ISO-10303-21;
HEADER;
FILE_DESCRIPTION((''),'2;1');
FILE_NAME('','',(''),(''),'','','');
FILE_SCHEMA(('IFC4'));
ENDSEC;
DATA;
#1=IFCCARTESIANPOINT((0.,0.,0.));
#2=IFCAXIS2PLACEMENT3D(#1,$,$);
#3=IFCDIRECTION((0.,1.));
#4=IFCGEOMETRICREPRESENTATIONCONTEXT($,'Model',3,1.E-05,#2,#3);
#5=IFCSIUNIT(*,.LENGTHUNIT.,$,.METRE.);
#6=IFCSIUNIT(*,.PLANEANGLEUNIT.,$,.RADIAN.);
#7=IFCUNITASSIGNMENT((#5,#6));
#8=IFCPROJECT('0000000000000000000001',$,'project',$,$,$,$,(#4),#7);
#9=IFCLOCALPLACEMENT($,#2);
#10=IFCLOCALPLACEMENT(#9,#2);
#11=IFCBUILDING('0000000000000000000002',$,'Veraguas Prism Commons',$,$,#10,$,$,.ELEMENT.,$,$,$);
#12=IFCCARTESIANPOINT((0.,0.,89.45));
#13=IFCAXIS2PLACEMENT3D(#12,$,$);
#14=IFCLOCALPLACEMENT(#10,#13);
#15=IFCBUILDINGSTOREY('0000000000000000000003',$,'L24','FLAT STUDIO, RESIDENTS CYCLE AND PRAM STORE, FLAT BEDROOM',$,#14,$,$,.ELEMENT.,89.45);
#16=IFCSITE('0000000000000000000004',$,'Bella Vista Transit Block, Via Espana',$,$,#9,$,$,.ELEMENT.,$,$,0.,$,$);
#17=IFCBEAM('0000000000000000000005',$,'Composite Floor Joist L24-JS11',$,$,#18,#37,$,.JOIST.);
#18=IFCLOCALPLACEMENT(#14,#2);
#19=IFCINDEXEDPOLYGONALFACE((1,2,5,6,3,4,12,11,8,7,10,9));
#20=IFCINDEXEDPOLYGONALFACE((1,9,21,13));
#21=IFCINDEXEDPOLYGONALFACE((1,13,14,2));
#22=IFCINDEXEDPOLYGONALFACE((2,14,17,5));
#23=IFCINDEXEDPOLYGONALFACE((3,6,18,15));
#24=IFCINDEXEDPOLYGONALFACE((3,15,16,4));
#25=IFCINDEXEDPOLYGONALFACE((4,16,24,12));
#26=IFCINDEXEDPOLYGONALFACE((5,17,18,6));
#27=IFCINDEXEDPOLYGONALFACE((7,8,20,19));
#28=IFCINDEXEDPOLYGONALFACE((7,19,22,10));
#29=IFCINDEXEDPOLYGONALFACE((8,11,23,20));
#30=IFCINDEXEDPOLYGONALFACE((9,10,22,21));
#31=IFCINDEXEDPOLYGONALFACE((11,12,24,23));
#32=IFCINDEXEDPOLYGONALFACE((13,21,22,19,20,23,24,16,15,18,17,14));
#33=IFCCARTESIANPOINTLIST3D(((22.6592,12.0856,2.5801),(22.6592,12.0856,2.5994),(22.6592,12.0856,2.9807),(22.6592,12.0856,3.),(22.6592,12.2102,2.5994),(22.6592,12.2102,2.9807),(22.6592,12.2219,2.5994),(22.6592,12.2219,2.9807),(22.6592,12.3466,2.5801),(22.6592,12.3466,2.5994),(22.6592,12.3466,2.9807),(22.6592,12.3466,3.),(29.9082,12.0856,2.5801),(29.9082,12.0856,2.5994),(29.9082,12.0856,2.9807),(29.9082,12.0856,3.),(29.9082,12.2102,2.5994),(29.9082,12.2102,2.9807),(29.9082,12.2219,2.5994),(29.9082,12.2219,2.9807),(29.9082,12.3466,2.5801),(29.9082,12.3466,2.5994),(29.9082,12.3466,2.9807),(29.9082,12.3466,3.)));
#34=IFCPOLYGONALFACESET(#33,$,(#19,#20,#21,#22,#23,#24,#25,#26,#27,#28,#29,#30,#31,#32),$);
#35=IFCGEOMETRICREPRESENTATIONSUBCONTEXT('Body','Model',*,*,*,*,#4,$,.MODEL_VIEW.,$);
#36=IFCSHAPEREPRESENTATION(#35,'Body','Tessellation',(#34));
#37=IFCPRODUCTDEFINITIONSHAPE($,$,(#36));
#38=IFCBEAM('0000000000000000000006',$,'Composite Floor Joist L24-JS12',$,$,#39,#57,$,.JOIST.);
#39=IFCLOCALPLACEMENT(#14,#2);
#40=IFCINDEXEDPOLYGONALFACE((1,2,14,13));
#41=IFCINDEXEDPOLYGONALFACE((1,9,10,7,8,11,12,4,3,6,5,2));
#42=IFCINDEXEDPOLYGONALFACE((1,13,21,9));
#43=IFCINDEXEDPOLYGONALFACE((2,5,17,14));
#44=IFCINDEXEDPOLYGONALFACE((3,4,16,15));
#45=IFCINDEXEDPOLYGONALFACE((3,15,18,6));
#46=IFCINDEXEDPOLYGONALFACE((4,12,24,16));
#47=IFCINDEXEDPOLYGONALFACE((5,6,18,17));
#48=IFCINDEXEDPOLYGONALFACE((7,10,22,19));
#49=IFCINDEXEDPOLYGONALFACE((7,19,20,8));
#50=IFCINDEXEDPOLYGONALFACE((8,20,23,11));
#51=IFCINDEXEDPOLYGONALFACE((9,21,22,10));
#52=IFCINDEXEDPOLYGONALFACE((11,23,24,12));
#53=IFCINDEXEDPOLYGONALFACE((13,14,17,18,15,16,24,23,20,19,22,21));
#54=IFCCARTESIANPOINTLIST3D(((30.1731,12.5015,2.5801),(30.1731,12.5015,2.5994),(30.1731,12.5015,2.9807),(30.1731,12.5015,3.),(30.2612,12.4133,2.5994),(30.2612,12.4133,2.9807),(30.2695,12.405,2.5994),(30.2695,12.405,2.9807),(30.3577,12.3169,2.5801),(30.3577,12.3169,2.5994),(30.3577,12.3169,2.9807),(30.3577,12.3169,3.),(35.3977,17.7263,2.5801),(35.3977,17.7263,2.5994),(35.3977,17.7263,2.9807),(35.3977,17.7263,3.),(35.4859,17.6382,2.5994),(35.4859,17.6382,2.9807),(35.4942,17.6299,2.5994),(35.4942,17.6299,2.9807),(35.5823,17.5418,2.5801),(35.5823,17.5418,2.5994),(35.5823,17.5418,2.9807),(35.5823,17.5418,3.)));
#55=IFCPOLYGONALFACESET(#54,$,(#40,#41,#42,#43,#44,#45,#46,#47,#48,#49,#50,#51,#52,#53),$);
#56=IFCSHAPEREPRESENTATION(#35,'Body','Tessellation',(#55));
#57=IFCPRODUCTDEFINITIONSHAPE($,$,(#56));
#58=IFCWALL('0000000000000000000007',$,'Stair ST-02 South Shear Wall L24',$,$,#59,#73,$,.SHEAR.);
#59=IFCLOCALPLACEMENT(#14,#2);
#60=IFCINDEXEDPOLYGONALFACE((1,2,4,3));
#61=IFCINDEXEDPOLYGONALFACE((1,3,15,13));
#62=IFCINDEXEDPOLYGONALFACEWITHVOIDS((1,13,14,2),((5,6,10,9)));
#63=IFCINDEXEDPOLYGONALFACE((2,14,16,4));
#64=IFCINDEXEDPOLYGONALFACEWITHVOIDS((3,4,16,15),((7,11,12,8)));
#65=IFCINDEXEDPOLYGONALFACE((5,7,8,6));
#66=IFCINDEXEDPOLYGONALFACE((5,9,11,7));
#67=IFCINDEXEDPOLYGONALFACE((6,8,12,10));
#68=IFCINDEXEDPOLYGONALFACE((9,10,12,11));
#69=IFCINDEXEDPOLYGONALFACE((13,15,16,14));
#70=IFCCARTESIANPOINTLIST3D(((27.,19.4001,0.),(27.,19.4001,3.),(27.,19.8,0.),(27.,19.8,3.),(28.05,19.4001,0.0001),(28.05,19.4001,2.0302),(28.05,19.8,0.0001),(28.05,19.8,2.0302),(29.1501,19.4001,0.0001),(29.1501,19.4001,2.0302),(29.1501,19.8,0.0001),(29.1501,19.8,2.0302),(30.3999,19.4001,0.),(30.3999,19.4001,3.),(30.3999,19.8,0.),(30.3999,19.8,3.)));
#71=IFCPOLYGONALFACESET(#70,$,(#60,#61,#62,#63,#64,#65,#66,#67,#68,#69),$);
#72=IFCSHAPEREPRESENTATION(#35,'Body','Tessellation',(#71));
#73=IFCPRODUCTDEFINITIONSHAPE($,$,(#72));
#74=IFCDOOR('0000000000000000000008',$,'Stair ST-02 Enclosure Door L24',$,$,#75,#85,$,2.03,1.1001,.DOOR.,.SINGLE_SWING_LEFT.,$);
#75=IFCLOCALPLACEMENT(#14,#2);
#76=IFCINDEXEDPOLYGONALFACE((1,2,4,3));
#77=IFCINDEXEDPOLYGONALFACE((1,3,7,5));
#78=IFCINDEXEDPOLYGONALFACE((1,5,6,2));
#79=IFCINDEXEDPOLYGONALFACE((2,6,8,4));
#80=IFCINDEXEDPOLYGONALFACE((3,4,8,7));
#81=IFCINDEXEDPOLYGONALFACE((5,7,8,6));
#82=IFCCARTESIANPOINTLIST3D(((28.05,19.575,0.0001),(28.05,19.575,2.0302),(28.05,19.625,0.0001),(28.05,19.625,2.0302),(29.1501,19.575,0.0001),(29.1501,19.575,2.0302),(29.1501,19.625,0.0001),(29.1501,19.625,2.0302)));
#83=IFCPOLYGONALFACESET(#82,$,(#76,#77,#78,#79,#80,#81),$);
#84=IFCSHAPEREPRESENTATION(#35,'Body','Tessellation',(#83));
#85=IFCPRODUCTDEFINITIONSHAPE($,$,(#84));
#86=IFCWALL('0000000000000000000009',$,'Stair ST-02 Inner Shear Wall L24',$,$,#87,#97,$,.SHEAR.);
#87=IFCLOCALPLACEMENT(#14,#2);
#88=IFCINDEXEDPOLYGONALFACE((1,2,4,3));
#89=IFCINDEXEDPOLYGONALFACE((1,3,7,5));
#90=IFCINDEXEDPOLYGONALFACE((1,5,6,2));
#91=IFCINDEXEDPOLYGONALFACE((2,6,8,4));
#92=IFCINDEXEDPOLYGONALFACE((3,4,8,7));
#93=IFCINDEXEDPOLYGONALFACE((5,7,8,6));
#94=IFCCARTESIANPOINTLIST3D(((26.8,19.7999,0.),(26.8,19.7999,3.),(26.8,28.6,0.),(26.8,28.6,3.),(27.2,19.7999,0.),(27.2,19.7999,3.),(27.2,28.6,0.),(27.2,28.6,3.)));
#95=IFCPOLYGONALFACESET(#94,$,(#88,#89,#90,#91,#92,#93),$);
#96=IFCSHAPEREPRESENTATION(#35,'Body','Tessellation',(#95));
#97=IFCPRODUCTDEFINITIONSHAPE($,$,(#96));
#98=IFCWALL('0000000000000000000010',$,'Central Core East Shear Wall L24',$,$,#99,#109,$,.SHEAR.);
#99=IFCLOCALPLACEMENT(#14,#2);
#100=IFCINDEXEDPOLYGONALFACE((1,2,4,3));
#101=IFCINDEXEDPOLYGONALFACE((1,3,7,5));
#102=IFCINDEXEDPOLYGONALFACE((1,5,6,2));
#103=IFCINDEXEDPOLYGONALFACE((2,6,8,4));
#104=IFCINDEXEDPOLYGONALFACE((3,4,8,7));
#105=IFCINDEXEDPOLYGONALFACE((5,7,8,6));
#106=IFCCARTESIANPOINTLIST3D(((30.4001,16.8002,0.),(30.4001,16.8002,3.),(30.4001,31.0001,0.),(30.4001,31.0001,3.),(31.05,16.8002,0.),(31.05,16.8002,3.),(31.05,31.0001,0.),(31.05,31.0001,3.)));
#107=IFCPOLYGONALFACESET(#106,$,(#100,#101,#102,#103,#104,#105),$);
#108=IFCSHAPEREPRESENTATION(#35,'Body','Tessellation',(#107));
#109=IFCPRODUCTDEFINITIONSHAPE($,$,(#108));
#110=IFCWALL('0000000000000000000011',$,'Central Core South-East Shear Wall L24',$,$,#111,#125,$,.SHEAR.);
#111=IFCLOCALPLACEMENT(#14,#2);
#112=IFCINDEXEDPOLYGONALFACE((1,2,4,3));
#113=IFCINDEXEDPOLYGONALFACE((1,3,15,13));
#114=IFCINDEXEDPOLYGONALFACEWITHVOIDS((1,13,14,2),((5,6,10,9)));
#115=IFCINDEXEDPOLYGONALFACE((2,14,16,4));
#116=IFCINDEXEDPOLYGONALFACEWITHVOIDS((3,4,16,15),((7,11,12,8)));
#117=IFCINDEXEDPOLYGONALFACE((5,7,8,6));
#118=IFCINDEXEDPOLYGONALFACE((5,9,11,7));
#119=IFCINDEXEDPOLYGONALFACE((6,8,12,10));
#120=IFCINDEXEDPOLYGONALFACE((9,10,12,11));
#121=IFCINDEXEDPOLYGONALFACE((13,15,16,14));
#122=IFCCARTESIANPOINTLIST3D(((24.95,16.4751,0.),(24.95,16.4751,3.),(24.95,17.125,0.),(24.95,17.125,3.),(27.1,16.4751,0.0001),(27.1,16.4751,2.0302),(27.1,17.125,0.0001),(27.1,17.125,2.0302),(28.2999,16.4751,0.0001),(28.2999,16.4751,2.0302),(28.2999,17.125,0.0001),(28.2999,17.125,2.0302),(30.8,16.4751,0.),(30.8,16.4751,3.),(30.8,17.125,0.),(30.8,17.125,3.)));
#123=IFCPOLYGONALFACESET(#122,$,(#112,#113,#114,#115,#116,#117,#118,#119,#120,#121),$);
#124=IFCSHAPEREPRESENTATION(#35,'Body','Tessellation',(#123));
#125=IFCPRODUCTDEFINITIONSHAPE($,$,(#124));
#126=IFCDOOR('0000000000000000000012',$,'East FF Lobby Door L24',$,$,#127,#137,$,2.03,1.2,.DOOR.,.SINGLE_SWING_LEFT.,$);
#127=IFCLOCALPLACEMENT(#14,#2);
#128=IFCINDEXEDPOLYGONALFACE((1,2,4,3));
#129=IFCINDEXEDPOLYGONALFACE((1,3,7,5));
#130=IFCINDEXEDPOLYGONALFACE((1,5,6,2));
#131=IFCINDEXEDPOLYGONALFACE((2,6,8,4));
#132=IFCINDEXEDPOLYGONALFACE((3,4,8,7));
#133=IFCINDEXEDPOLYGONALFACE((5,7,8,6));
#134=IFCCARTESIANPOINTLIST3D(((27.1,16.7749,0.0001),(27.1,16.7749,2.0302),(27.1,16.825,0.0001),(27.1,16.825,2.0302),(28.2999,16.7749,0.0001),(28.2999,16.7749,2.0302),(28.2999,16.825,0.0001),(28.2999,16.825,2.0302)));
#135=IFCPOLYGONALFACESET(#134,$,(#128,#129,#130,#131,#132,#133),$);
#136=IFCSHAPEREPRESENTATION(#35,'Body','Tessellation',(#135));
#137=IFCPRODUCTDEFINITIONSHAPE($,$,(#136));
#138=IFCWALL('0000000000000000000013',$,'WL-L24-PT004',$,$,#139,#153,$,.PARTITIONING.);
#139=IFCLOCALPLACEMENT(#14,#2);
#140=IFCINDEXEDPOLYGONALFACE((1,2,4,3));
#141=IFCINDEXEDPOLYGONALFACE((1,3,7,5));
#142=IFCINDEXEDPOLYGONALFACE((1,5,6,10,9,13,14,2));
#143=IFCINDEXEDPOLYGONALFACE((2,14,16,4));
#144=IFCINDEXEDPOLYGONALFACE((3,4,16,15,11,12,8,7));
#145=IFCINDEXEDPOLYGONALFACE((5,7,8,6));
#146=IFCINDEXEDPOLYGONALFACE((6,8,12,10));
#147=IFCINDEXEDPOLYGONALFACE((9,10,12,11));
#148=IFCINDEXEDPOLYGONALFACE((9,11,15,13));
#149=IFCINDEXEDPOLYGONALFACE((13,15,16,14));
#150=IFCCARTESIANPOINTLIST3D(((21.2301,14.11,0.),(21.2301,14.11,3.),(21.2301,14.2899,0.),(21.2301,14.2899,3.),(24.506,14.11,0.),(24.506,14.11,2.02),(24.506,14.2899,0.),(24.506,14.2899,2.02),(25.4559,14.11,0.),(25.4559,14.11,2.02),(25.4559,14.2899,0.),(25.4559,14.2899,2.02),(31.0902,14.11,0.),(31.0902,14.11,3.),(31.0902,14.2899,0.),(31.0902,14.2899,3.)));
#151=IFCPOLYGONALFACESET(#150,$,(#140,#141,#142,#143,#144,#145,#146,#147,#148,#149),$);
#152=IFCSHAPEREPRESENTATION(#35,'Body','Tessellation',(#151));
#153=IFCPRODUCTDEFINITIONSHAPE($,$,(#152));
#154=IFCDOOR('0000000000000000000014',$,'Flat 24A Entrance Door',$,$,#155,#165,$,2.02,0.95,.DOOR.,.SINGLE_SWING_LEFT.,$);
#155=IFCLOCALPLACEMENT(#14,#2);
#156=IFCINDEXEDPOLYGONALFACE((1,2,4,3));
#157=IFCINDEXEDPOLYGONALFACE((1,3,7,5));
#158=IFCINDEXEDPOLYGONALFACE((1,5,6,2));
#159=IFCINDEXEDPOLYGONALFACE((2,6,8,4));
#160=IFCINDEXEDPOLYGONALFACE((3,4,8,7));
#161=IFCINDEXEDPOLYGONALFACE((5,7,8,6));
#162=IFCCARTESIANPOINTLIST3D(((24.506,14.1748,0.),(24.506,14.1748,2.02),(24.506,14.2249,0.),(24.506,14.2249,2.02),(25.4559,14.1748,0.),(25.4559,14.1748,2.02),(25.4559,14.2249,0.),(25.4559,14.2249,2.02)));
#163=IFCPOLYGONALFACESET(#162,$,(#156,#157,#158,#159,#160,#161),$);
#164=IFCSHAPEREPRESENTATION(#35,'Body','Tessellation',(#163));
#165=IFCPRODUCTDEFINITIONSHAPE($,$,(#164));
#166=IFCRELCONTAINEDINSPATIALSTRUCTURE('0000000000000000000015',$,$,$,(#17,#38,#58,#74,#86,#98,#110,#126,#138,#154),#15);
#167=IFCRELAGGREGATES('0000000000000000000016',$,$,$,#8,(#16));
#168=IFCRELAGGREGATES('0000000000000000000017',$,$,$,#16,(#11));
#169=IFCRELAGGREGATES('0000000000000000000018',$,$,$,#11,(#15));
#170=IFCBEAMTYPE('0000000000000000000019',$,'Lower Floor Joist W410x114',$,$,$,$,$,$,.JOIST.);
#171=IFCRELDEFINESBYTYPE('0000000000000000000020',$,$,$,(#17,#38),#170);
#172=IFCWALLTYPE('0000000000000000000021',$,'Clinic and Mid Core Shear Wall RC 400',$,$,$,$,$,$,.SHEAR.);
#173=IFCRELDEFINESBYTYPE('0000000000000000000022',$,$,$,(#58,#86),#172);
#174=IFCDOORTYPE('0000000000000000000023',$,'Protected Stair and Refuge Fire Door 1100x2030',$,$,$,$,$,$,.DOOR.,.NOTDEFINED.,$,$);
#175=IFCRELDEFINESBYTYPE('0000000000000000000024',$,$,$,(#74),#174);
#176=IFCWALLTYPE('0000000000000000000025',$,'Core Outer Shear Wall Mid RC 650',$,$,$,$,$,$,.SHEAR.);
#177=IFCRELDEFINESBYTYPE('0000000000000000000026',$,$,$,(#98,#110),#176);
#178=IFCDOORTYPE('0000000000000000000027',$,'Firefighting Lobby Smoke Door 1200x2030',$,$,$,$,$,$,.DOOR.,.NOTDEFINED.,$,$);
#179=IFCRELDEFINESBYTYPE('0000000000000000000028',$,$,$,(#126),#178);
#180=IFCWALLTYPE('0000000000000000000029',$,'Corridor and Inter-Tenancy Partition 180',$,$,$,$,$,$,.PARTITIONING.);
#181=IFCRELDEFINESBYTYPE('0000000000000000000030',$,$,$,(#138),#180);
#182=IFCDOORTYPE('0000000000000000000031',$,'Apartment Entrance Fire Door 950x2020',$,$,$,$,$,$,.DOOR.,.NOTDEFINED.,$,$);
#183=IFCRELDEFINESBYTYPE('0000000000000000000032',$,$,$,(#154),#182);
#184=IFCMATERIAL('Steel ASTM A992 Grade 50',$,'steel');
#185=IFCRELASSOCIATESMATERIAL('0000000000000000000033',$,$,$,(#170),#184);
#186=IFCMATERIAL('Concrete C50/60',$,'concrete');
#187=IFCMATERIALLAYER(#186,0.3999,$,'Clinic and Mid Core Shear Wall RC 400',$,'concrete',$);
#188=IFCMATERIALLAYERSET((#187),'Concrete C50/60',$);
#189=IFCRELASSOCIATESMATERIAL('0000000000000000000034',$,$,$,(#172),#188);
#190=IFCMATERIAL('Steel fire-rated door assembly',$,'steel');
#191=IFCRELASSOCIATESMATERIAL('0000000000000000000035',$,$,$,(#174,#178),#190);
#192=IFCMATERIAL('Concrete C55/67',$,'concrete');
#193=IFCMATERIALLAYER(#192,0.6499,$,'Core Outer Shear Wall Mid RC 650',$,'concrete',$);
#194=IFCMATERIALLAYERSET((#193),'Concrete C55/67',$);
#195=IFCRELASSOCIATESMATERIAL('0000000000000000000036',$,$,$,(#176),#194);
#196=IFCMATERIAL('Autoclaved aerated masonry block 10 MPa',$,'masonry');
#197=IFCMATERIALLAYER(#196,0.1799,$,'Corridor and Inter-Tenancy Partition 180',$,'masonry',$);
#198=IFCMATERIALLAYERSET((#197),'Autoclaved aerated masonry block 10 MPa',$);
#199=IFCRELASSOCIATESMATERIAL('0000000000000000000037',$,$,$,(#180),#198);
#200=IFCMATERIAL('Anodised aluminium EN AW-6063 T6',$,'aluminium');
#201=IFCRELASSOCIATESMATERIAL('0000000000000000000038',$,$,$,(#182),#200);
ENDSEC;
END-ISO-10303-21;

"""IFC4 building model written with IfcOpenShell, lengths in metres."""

from ifc_helpers import new_model, si_unit, direction, frame, frame_2d, origin, origin_2d, place, context, subcontext, project, spatial, rectangle, i_section, extrude, source, transform, mapped, material, layer, layer_set, material_profile, profile_set, type_object, element, fill, save


model = new_model("IFC4")

# Units and contexts
model_context = context("Model", 3, precision=1e-05, world=origin(), true_north=direction((0.0, 1.0)))
body_context = subcontext(model_context, "Body", "Model", "MODEL_VIEW")
ifc_project = project(units=[si_unit("LENGTHUNIT", "METRE"), si_unit("PLANEANGLEUNIT", "RADIAN")], contexts=[model_context])

# Site, building, storey
site_placement = place(None, origin())
site = spatial("IfcSite", under=ifc_project, at=site_placement, Name="Bella Vista Transit Block, Via Espana", CompositionType="ELEMENT", RefElevation=0.0)
building_placement = place(site_placement, origin())
building = spatial("IfcBuilding", under=site, at=building_placement, Name="Veraguas Prism Commons", CompositionType="ELEMENT")
storey_placement = place(building_placement, frame((0.0, 0.0, 89.45)))
storey = spatial("IfcBuildingStorey", under=building, at=storey_placement, Name="L24", Description="FLAT STUDIO, RESIDENTS CYCLE AND PRAM STORE, FLAT BEDROOM", CompositionType="ELEMENT", Elevation=89.45)

# Beams
ifc_material_1 = material(Name="Steel ASTM A992 Grade 50", Category="steel")
ifc_material_profile = material_profile(ifc_material_1, i_section(OverallWidth=0.261, OverallDepth=0.4199, WebThickness=0.0117, FlangeThickness=0.0193, at=origin_2d()), Name="W410X114")
ifc_profile_set = profile_set([ifc_material_profile], Name="Steel ASTM A992 Grade 50")
beam_type = type_object("IfcBeamType", Name="Lower Floor Joist W410x114", PredefinedType="JOIST", material=ifc_profile_set)
beam_1_placement = place(storey_placement, frame((22.6592, 12.2161, 2.79), z_axis=(1.0, 0.0, 0.0), x_axis=(0.0, 1.0, 0.0)))
element("IfcBeam", 1, at=beam_1_placement, inside=storey, type_object=beam_type, Name="Composite Floor Joist L24-JS11", PredefinedType="JOIST", context=body_context, shape_type="SweptSolid", body=[
    extrude(i_section(OverallWidth=0.261, OverallDepth=0.4199, WebThickness=0.0117, FlangeThickness=0.0193, at=origin_2d()), origin(), (0.0, 0.0, 1.0), 7.249),
])
beam_2_placement = place(storey_placement, frame((30.2654, 12.4092, 2.79), z_axis=(0.70709, 0.707123, 0.0), x_axis=(-0.707123, 0.70709, 0.0)))
element("IfcBeam", 2, at=beam_2_placement, inside=storey, type_object=beam_type, Name="Composite Floor Joist L24-JS12", PredefinedType="JOIST", context=body_context, shape_type="SweptSolid", body=[
    extrude(i_section(OverallWidth=0.261, OverallDepth=0.4199, WebThickness=0.0117, FlangeThickness=0.0193, at=origin_2d()), origin(), (0.0, 0.0, 1.0), 7.3889),
])

# Wall, opening, door
ifc_material_2 = material(Name="Concrete C50/60", Category="concrete")
ifc_layer_1 = layer(ifc_material_2, 0.3999, Name="Clinic and Mid Core Shear Wall RC 400", Category="concrete")
ifc_layer_set_1 = layer_set([ifc_layer_1], Name="Concrete C50/60")
wall_type_1 = type_object("IfcWallType", Name="Clinic and Mid Core Shear Wall RC 400", PredefinedType="SHEAR", material=ifc_layer_set_1)
wall_1_placement = place(storey_placement, frame((27.0, 19.6001, 0.0), z_axis=(0.0, 0.0, 1.0), x_axis=(1.0, 0.0, 0.0)))
wall_1 = element("IfcWall", 3, at=wall_1_placement, inside=storey, type_object=wall_type_1, Name="Stair ST-02 South Shear Wall L24", PredefinedType="SHEAR", context=body_context, shape_type="SweptSolid", body=[
    extrude(rectangle(XDim=3.3999, YDim=0.3999, at=frame_2d((1.7, 0.0))), origin(), (0.0, 0.0, 1.0), 3.0),
])
opening_1_placement = place(wall_1_placement, frame((1.05, 0.0, 0.0)))
opening_1 = element("IfcOpeningElement", 4, at=opening_1_placement, cuts=wall_1, PredefinedType="OPENING", context=body_context, shape_type="SweptSolid", body=[
    extrude(rectangle(XDim=1.1001, YDim=2.03, at=frame_2d((0.55, 1.0151))), frame((0.0, 0.21, 0.0), z_axis=(0.0, -1.0, 0.0), x_axis=(1.0, 0.0, 0.0)), (0.0, 0.0, 1.0), 0.4199),
])
ifc_material_3 = material(Name="Steel fire-rated door assembly", Category="steel")
door_type_1 = type_object("IfcDoorType", Name="Protected Stair and Refuge Fire Door 1100x2030", OperationType="NOTDEFINED", PredefinedType="DOOR", material=ifc_material_3)
shared_shape_1 = source(origin(), body_context, "Body", "SweptSolid", [
    extrude(rectangle(XDim=1.1001, YDim=2.03, at=frame_2d((0.55, 1.0151))), frame((0.0, 0.0249, 0.0), z_axis=(0.0, -1.0, 0.0), x_axis=(1.0, 0.0, 0.0)), (0.0, 0.0, 1.0), 0.05),
])
door_1_placement = place(opening_1_placement, origin())
door_1 = element("IfcDoor", 5, at=door_1_placement, inside=storey, type_object=door_type_1, Name="Stair ST-02 Enclosure Door L24", OperationType="SINGLE_SWING_LEFT", OverallHeight=2.03, OverallWidth=1.1001, PredefinedType="DOOR", context=body_context, shape_type="MappedRepresentation", body=[
    mapped(shared_shape_1, transform((0.0, 0.0, 0.0), scale=1.0)),
])
fill(opening_1, door_1)

# Walls
wall_2_placement = place(storey_placement, frame((27.0, 19.8, 0.0), z_axis=(0.0, 0.0, 1.0), x_axis=(0.0, 1.0, 0.0)))
element("IfcWall", 6, at=wall_2_placement, inside=storey, type_object=wall_type_1, Name="Stair ST-02 Inner Shear Wall L24", PredefinedType="SHEAR", context=body_context, shape_type="SweptSolid", body=[
    extrude(rectangle(XDim=8.8, YDim=0.3999, at=frame_2d((4.3999, 0.0))), origin(), (0.0, 0.0, 1.0), 3.0),
])
ifc_material_4 = material(Name="Concrete C55/67", Category="concrete")
ifc_layer_2 = layer(ifc_material_4, 0.6499, Name="Core Outer Shear Wall Mid RC 650", Category="concrete")
ifc_layer_set_2 = layer_set([ifc_layer_2], Name="Concrete C55/67")
wall_type_2 = type_object("IfcWallType", Name="Core Outer Shear Wall Mid RC 650", PredefinedType="SHEAR", material=ifc_layer_set_2)
wall_3_placement = place(storey_placement, frame((30.7251, 16.8, 0.0), z_axis=(0.0, 0.0, 1.0), x_axis=(0.0, 1.0, 0.0)))
element("IfcWall", 7, at=wall_3_placement, inside=storey, type_object=wall_type_2, Name="Central Core East Shear Wall L24", PredefinedType="SHEAR", context=body_context, shape_type="SweptSolid", body=[
    extrude(rectangle(XDim=14.2, YDim=0.6499, at=frame_2d((7.1001, 0.0))), origin(), (0.0, 0.0, 1.0), 3.0),
])

# Walls, openings, doors
wall_4_placement = place(storey_placement, frame((24.95, 16.8, 0.0), z_axis=(0.0, 0.0, 1.0), x_axis=(1.0, 0.0, 0.0)))
wall_4 = element("IfcWall", 8, at=wall_4_placement, inside=storey, type_object=wall_type_2, Name="Central Core South-East Shear Wall L24", PredefinedType="SHEAR", context=body_context, shape_type="SweptSolid", body=[
    extrude(rectangle(XDim=5.8501, YDim=0.6499, at=frame_2d((2.925, 0.0))), origin(), (0.0, 0.0, 1.0), 3.0),
])
opening_2_placement = place(wall_4_placement, frame((2.1499, 0.0, 0.0)))
opening_2 = element("IfcOpeningElement", 9, at=opening_2_placement, cuts=wall_4, PredefinedType="OPENING", context=body_context, shape_type="SweptSolid", body=[
    extrude(rectangle(XDim=1.2, YDim=2.03, at=frame_2d((0.6001, 1.0151))), frame((0.0, 0.335, 0.0), z_axis=(0.0, -1.0, 0.0), x_axis=(1.0, 0.0, 0.0)), (0.0, 0.0, 1.0), 0.6699),
])
door_type_2 = type_object("IfcDoorType", Name="Firefighting Lobby Smoke Door 1200x2030", OperationType="NOTDEFINED", PredefinedType="DOOR", material=ifc_material_3)
shared_shape_2 = source(origin(), body_context, "Body", "SweptSolid", [
    extrude(rectangle(XDim=1.2, YDim=2.03, at=frame_2d((0.6001, 1.0151))), frame((0.0, 0.0249, 0.0), z_axis=(0.0, -1.0, 0.0), x_axis=(1.0, 0.0, 0.0)), (0.0, 0.0, 1.0), 0.05),
])
door_2_placement = place(opening_2_placement, origin())
door_2 = element("IfcDoor", 10, at=door_2_placement, inside=storey, type_object=door_type_2, Name="East FF Lobby Door L24", OperationType="SINGLE_SWING_LEFT", OverallHeight=2.03, OverallWidth=1.2, PredefinedType="DOOR", context=body_context, shape_type="MappedRepresentation", body=[
    mapped(shared_shape_2, transform((0.0, 0.0, 0.0), scale=1.0)),
])
fill(opening_2, door_2)
ifc_material_5 = material(Name="Autoclaved aerated masonry block 10 MPa", Category="masonry")
ifc_layer_3 = layer(ifc_material_5, 0.1799, Name="Corridor and Inter-Tenancy Partition 180", Category="masonry")
ifc_layer_set_3 = layer_set([ifc_layer_3], Name="Autoclaved aerated masonry block 10 MPa")
wall_type_3 = type_object("IfcWallType", Name="Corridor and Inter-Tenancy Partition 180", PredefinedType="PARTITIONING", material=ifc_layer_set_3)
wall_5_placement = place(storey_placement, frame((21.23, 14.2, 0.0), z_axis=(0.0, 0.0, 1.0), x_axis=(1.0, 0.0, 0.0)))
wall_5 = element("IfcWall", 11, at=wall_5_placement, inside=storey, type_object=wall_type_3, Name="WL-L24-PT004", PredefinedType="PARTITIONING", context=body_context, shape_type="SweptSolid", body=[
    extrude(rectangle(XDim=9.8601, YDim=0.1799, at=frame_2d((4.9302, 0.0))), origin(), (0.0, 0.0, 1.0), 3.0),
])
opening_3_placement = place(wall_5_placement, frame((3.2759, 0.0, 0.0)))
opening_3 = element("IfcOpeningElement", 12, at=opening_3_placement, cuts=wall_5, PredefinedType="OPENING", context=body_context, shape_type="SweptSolid", body=[
    extrude(rectangle(XDim=0.95, YDim=2.02, at=frame_2d((0.4751, 1.01))), frame((0.0, 0.0999, 0.0), z_axis=(0.0, -1.0, 0.0), x_axis=(1.0, 0.0, 0.0)), (0.0, 0.0, 1.0), 0.2),
])
ifc_material_6 = material(Name="Anodised aluminium EN AW-6063 T6", Category="aluminium")
door_type_3 = type_object("IfcDoorType", Name="Apartment Entrance Fire Door 950x2020", OperationType="NOTDEFINED", PredefinedType="DOOR", material=ifc_material_6)
shared_shape_3 = source(origin(), body_context, "Body", "SweptSolid", [
    extrude(rectangle(XDim=0.95, YDim=2.02, at=frame_2d((0.4751, 1.01))), frame((0.0, 0.0249, 0.0), z_axis=(0.0, -1.0, 0.0), x_axis=(1.0, 0.0, 0.0)), (0.0, 0.0, 1.0), 0.05),
])
door_3_placement = place(opening_3_placement, origin())
door_3 = element("IfcDoor", 13, at=door_3_placement, inside=storey, type_object=door_type_3, Name="Flat 24A Entrance Door", OperationType="SINGLE_SWING_LEFT", OverallHeight=2.02, OverallWidth=0.95, PredefinedType="DOOR", context=body_context, shape_type="MappedRepresentation", body=[
    mapped(shared_shape_3, transform((0.0, 0.0, 0.0), scale=1.0)),
])
fill(opening_3, door_3)

save(model, "model.ifc")
